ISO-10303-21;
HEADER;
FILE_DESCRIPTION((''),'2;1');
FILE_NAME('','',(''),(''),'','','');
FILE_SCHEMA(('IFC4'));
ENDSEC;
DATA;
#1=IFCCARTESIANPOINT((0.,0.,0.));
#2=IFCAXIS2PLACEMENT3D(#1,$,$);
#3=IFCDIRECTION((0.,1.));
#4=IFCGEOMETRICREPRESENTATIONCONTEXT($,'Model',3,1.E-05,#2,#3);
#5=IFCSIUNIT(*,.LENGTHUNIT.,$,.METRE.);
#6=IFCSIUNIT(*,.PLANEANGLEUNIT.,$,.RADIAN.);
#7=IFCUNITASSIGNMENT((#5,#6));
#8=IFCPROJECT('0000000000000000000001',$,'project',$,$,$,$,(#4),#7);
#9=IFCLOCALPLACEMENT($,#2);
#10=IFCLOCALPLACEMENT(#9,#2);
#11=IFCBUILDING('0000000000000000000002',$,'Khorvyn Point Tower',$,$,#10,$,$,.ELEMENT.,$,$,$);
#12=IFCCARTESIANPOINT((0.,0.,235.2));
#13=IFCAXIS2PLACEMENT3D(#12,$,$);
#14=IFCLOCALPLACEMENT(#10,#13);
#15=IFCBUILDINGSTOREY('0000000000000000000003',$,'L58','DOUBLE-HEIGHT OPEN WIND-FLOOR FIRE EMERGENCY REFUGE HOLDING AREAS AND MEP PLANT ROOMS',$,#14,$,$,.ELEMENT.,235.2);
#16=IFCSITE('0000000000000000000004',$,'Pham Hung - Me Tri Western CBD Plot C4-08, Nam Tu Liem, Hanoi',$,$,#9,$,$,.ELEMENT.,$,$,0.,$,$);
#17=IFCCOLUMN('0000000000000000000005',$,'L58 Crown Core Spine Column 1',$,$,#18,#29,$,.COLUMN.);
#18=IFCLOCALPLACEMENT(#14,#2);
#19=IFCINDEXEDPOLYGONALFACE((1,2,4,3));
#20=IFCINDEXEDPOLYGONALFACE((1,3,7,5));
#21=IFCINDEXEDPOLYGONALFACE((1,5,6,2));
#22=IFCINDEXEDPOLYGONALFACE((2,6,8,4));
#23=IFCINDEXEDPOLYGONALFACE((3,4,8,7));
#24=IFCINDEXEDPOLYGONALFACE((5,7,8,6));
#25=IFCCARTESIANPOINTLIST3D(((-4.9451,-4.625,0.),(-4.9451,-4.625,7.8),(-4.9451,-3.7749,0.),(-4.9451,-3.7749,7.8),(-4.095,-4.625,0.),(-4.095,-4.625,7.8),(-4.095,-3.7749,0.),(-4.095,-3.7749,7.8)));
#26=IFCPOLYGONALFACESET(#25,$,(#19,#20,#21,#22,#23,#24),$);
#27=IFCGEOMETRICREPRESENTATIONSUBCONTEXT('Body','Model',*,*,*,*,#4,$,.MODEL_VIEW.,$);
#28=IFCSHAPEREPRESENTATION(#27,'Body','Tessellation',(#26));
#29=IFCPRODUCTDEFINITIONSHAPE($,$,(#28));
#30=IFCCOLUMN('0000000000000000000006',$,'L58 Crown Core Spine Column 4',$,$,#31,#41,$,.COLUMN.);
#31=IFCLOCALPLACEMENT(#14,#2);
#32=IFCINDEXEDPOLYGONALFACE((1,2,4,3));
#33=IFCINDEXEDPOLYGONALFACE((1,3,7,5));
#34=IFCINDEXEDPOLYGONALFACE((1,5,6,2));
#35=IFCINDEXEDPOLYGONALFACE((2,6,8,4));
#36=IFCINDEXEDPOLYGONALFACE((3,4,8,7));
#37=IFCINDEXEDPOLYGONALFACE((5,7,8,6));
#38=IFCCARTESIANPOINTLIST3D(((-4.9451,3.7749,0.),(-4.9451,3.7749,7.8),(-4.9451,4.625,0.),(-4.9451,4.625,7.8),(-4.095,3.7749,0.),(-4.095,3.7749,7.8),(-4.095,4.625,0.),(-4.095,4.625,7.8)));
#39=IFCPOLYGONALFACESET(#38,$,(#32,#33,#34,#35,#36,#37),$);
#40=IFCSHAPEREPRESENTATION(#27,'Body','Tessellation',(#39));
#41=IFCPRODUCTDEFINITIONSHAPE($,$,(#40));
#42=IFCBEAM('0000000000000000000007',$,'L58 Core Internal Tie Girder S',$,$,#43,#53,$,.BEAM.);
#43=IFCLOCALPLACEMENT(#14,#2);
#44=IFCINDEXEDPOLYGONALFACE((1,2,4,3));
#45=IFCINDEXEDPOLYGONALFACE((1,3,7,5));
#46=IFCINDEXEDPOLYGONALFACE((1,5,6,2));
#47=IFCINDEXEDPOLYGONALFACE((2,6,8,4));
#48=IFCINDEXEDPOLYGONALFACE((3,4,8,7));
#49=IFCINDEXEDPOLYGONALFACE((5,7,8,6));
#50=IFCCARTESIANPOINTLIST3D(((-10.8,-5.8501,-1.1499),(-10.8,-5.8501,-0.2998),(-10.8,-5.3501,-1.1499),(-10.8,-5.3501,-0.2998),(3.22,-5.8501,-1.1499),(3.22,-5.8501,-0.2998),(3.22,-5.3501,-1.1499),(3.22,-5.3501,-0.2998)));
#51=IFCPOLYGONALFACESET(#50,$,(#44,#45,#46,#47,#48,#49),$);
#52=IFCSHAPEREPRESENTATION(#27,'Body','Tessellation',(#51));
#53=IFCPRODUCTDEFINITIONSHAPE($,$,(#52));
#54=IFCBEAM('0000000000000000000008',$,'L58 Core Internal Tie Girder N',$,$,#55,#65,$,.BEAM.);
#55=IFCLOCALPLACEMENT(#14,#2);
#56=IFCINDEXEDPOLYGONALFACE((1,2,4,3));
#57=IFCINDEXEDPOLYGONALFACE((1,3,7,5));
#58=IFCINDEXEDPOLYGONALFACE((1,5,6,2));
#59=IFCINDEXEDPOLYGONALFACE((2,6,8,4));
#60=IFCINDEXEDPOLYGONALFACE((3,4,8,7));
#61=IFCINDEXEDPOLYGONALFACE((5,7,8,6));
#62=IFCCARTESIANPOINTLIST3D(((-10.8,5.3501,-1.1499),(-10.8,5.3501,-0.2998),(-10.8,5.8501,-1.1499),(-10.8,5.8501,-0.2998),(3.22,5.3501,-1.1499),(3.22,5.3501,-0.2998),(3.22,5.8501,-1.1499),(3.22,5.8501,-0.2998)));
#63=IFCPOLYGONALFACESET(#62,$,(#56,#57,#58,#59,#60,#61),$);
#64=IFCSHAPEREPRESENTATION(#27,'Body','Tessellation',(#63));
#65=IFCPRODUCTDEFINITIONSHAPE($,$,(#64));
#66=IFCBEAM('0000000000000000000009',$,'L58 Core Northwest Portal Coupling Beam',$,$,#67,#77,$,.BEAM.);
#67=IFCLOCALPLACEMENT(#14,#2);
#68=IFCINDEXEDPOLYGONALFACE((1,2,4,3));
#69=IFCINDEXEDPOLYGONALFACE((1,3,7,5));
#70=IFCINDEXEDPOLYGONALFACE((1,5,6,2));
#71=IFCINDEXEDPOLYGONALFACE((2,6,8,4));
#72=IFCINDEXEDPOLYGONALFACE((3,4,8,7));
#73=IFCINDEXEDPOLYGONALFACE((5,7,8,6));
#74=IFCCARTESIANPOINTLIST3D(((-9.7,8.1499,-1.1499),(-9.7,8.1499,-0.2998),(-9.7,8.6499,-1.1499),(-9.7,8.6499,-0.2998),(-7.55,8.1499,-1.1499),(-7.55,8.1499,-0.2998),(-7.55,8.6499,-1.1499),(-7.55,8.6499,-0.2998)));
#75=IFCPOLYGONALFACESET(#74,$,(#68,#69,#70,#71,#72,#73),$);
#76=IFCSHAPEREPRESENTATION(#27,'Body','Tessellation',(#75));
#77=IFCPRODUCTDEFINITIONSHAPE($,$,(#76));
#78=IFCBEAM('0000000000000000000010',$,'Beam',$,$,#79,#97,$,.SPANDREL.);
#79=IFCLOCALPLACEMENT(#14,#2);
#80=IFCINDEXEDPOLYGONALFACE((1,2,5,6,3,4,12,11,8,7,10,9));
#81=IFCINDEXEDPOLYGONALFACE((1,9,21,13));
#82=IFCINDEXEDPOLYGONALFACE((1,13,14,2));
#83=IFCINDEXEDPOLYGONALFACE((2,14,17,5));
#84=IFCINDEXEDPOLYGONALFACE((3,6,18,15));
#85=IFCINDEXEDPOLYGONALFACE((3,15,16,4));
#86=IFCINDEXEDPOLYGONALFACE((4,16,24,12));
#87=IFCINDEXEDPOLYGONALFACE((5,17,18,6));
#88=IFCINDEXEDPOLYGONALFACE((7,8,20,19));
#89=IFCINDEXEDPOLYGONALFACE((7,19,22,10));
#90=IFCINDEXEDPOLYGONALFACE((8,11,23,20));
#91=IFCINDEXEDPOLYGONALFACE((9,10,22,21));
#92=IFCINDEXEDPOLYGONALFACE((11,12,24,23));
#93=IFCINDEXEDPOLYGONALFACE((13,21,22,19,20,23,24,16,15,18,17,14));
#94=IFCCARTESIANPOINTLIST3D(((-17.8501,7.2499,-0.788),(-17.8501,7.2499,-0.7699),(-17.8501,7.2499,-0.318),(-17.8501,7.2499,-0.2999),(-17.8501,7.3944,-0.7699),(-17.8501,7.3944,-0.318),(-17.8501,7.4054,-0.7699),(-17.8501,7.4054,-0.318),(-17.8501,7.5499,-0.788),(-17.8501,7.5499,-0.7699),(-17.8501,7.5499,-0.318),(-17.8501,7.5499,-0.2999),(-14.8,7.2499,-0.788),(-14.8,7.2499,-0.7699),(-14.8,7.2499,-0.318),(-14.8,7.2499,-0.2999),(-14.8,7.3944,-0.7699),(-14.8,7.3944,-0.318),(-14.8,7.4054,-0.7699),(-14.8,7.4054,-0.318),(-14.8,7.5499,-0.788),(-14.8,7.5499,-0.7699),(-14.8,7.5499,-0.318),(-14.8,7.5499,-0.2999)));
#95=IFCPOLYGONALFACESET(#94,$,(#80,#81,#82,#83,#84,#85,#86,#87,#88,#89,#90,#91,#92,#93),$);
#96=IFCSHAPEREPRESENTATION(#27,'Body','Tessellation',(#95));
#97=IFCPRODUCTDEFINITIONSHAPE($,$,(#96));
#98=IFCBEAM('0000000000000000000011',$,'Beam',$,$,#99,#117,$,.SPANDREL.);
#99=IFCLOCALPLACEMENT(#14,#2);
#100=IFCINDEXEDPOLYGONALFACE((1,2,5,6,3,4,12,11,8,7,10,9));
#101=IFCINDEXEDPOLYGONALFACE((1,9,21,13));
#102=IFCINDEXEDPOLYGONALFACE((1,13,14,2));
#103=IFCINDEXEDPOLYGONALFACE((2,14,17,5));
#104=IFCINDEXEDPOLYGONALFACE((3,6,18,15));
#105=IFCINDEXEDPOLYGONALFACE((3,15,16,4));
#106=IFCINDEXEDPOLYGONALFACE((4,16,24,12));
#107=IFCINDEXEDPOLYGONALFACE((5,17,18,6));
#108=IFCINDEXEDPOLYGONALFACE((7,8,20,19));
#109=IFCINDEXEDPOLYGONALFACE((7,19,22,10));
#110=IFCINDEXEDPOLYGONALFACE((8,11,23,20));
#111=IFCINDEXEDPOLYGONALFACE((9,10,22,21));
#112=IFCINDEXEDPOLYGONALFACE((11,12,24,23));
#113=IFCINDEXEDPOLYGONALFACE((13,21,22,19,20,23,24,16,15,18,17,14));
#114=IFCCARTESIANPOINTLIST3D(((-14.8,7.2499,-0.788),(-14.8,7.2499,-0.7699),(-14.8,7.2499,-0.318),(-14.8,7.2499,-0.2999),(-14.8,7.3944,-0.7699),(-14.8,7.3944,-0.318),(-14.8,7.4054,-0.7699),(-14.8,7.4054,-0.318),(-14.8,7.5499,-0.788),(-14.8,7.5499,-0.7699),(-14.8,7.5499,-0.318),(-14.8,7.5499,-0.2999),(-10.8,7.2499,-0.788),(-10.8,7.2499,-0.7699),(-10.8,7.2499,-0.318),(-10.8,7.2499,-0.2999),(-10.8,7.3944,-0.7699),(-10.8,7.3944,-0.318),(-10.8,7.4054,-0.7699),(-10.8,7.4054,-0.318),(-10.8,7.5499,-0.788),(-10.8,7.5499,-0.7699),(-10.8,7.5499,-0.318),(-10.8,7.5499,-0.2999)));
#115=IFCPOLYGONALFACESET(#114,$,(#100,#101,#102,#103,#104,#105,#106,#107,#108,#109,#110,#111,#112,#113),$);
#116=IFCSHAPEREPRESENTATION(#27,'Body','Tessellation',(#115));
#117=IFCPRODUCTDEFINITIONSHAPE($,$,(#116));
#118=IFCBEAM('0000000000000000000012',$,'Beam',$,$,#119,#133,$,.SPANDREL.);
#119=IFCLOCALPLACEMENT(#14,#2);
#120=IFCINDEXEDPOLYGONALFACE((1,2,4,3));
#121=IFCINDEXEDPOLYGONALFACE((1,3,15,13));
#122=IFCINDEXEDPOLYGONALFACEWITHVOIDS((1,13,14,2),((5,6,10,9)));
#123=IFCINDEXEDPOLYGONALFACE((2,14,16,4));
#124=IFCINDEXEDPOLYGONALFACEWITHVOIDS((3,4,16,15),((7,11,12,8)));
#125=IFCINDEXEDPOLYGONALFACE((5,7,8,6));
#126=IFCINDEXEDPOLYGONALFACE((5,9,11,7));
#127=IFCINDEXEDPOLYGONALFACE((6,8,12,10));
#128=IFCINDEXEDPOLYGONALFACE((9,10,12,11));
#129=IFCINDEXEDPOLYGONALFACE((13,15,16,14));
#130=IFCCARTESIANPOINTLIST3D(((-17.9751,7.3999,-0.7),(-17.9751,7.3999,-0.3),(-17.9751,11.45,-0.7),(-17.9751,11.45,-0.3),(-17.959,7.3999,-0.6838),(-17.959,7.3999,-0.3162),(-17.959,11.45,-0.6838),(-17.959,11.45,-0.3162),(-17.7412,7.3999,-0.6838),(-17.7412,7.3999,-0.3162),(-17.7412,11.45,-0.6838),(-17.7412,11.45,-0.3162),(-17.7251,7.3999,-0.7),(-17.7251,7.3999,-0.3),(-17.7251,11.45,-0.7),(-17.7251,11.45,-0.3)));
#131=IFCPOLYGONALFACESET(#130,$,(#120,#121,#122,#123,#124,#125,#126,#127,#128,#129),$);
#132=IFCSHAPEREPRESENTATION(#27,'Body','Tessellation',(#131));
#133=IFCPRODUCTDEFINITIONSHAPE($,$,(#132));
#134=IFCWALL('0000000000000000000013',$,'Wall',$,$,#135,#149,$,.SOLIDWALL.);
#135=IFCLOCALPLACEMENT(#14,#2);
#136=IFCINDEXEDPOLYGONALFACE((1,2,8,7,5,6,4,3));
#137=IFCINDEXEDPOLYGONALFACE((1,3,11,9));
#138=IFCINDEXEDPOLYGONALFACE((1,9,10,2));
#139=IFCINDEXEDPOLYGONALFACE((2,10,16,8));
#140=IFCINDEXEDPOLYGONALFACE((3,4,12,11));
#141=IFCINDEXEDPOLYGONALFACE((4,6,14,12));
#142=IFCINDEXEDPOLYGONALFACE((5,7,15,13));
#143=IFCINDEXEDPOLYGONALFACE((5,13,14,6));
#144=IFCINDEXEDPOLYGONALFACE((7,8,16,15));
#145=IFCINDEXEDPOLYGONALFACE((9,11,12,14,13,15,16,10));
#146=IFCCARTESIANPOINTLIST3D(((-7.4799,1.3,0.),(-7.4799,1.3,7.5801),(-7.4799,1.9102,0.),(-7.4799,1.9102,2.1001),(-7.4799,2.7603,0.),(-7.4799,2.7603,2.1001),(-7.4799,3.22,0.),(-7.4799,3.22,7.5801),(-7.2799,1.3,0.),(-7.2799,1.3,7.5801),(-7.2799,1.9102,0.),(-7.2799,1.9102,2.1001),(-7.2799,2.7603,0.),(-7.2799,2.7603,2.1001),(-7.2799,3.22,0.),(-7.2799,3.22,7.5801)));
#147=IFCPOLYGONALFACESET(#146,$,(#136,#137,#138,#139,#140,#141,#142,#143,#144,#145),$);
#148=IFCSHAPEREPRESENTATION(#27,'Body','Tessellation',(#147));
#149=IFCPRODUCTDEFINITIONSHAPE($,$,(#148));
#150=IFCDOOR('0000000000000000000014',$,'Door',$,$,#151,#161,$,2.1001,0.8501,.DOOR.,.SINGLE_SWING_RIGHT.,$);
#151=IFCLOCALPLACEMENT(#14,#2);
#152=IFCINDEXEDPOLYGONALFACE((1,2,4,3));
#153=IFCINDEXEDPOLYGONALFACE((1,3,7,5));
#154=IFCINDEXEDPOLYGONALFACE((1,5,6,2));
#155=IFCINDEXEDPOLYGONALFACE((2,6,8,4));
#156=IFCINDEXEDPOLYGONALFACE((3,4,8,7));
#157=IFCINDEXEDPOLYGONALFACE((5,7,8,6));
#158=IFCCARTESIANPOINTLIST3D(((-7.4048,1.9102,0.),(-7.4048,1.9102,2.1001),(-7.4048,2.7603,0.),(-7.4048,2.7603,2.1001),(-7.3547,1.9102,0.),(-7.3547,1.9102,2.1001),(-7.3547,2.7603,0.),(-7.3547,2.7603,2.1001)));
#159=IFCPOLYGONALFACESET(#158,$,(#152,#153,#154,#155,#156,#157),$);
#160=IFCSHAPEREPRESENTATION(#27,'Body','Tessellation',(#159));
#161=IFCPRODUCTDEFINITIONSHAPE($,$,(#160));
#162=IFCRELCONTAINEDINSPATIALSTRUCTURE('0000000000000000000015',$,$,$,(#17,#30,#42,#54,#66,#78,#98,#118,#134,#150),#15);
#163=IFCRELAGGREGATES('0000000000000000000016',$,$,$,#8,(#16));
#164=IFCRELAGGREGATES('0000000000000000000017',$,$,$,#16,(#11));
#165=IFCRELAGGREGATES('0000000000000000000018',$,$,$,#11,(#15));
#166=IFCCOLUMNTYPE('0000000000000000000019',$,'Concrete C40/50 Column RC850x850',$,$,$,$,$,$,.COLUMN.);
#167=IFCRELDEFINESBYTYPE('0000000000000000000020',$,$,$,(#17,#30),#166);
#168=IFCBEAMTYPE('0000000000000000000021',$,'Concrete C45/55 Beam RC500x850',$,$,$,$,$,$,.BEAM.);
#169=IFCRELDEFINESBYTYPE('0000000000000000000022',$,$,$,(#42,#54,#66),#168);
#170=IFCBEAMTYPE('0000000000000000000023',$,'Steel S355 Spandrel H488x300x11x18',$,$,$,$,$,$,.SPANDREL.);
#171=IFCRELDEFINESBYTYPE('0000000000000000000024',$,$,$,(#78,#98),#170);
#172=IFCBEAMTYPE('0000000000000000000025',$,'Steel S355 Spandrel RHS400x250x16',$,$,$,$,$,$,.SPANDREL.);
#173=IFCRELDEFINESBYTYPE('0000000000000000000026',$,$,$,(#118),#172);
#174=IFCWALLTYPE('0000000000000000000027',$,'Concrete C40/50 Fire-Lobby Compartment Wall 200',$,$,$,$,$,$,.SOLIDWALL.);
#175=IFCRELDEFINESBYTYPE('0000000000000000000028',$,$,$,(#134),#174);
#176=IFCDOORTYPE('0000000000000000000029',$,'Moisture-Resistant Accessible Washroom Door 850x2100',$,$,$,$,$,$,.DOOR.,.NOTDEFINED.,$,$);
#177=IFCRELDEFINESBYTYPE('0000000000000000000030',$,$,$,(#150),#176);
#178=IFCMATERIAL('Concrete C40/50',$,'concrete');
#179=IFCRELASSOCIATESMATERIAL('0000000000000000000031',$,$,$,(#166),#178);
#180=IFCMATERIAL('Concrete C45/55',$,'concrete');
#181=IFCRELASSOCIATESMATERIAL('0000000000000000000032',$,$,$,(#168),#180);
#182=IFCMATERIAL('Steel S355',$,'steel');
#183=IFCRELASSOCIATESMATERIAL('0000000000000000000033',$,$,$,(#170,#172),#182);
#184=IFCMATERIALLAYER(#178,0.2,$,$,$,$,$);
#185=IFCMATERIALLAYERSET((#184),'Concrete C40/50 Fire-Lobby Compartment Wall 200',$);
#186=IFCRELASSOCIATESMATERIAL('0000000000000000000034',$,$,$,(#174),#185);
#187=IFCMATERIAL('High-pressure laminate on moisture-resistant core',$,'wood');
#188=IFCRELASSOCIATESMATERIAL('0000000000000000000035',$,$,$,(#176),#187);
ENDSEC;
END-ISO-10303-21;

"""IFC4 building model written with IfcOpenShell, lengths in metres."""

from ifc_helpers import new_model, si_unit, direction, frame, frame_2d, origin, origin_2d, place, context, subcontext, project, spatial, rectangle, hollow_rectangle, i_section, extrude, material, layer, layer_set, material_profile, profile_set, type_object, element, fill, save


model = new_model("IFC4")

# Units and contexts
model_context = context("Model", 3, precision=1e-05, world=origin(), true_north=direction((0.0, 1.0)))
body_context = subcontext(model_context, "Body", "Model", "MODEL_VIEW")
ifc_project = project(units=[si_unit("LENGTHUNIT", "METRE"), si_unit("PLANEANGLEUNIT", "RADIAN")], contexts=[model_context])

# Site, building, storey
site_placement = place(None, origin())
site = spatial("IfcSite", under=ifc_project, at=site_placement, Name="Pham Hung - Me Tri Western CBD Plot C4-08, Nam Tu Liem, Hanoi", CompositionType="ELEMENT", RefElevation=0.0)
building_placement = place(site_placement, origin())
building = spatial("IfcBuilding", under=site, at=building_placement, Name="Khorvyn Point Tower", CompositionType="ELEMENT")
storey_placement = place(building_placement, frame((0.0, 0.0, 235.2)))
storey = spatial("IfcBuildingStorey", under=building, at=storey_placement, Name="L58", Description="DOUBLE-HEIGHT OPEN WIND-FLOOR FIRE EMERGENCY REFUGE HOLDING AREAS AND MEP PLANT ROOMS", CompositionType="ELEMENT", Elevation=235.2)

# Columns
ifc_material_1 = material(Name="Concrete C40/50", Category="concrete")
ifc_material_profile_1 = material_profile(ifc_material_1, rectangle(XDim=0.8501, YDim=0.8501, at=origin_2d()))
ifc_profile_set_1 = profile_set([ifc_material_profile_1], Name="Concrete C40/50 RC850x850")
column_type = type_object("IfcColumnType", Name="Concrete C40/50 Column RC850x850", PredefinedType="COLUMN", material=ifc_profile_set_1)
for number, where, z_axis, x_axis, name in (
    (1, (-4.52, -4.2, 0.0), (0.0, 0.0, 1.0), (1.0, 0.0, 0.0), "L58 Crown Core Spine Column 1"),
    (2, (-4.52, 4.2, 0.0), (0.0, 0.0, 1.0), (1.0, 0.0, 0.0), "L58 Crown Core Spine Column 4"),
):
    element("IfcColumn", number, at=place(storey_placement, frame(where, z_axis=z_axis, x_axis=x_axis)), inside=storey, type_object=column_type, Name=name, PredefinedType="COLUMN", context=body_context, shape_type="SweptSolid", body=[
        extrude(rectangle(XDim=0.8501, YDim=0.8501, at=origin_2d()), origin(), (0.0, 0.0, 1.0), 7.8),
    ])

# Beams
ifc_material_2 = material(Name="Concrete C45/55", Category="concrete")
ifc_material_profile_2 = material_profile(ifc_material_2, rectangle(XDim=0.5, YDim=0.8501, at=origin_2d()))
ifc_profile_set_2 = profile_set([ifc_material_profile_2], Name="Concrete C45/55 RC500x850")
beam_type_1 = type_object("IfcBeamType", Name="Concrete C45/55 Beam RC500x850", PredefinedType="BEAM", material=ifc_profile_set_2)
for number, where, z_axis, x_axis, name in (
    (3, (-10.8, -5.6001, -0.7249), (1.0, 0.0, 0.0), (0.0, 1.0, 0.0), "L58 Core Internal Tie Girder S"),
    (4, (-10.8, 5.6001, -0.7249), (1.0, 0.0, 0.0), (0.0, 1.0, 0.0), "L58 Core Internal Tie Girder N"),
):
    element("IfcBeam", number, at=place(storey_placement, frame(where, z_axis=z_axis, x_axis=x_axis)), inside=storey, type_object=beam_type_1, Name=name, PredefinedType="BEAM", context=body_context, shape_type="SweptSolid", body=[
        extrude(rectangle(XDim=0.5, YDim=0.8501, at=origin_2d()), origin(), (0.0, 0.0, 1.0), 14.02),
    ])
beam_1_placement = place(storey_placement, frame((-9.7, 8.3999, -0.7249), z_axis=(1.0, 0.0, 0.0), x_axis=(0.0, 1.0, 0.0)))
element("IfcBeam", 5, at=beam_1_placement, inside=storey, type_object=beam_type_1, Name="L58 Core Northwest Portal Coupling Beam", PredefinedType="BEAM", context=body_context, shape_type="SweptSolid", body=[
    extrude(rectangle(XDim=0.5, YDim=0.8501, at=origin_2d()), origin(), (0.0, 0.0, 1.0), 2.1499),
])
ifc_material_3 = material(Name="Steel S355", Category="steel")
ifc_material_profile_3 = material_profile(ifc_material_3, i_section(OverallWidth=0.3, OverallDepth=0.488, WebThickness=0.011, FlangeThickness=0.0181, at=origin_2d()))
ifc_profile_set_3 = profile_set([ifc_material_profile_3], Name="Steel S355 H488x300x11x18")
beam_type_2 = type_object("IfcBeamType", Name="Steel S355 Spandrel H488x300x11x18", PredefinedType="SPANDREL", material=ifc_profile_set_3)
beam_2_placement = place(storey_placement, frame((-17.8501, 7.3999, -0.5439), z_axis=(1.0, 0.0, 0.0), x_axis=(0.0, 1.0, 0.0)))
element("IfcBeam", 6, at=beam_2_placement, inside=storey, type_object=beam_type_2, Name="Beam", PredefinedType="SPANDREL", context=body_context, shape_type="SweptSolid", body=[
    extrude(i_section(OverallWidth=0.3, OverallDepth=0.488, WebThickness=0.011, FlangeThickness=0.0181, at=origin_2d()), origin(), (0.0, 0.0, 1.0), 3.05),
])
beam_3_placement = place(storey_placement, frame((-14.8, 7.3999, -0.5439), z_axis=(1.0, 0.0, 0.0), x_axis=(0.0, 1.0, 0.0)))
element("IfcBeam", 7, at=beam_3_placement, inside=storey, type_object=beam_type_2, Name="Beam", PredefinedType="SPANDREL", context=body_context, shape_type="SweptSolid", body=[
    extrude(i_section(OverallWidth=0.3, OverallDepth=0.488, WebThickness=0.011, FlangeThickness=0.0181, at=origin_2d()), origin(), (0.0, 0.0, 1.0), 4.0),
])
ifc_material_profile_4 = material_profile(ifc_material_3, hollow_rectangle(XDim=0.25, YDim=0.3999, WallThickness=0.0161, at=origin_2d()))
ifc_profile_set_4 = profile_set([ifc_material_profile_4], Name="Steel S355 RHS400x250x16")
beam_type_3 = type_object("IfcBeamType", Name="Steel S355 Spandrel RHS400x250x16", PredefinedType="SPANDREL", material=ifc_profile_set_4)
beam_4_placement = place(storey_placement, frame((-17.8501, 7.3999, -0.5), z_axis=(0.0, 1.0, 0.0), x_axis=(-1.0, 0.0, 0.0)))
element("IfcBeam", 8, at=beam_4_placement, inside=storey, type_object=beam_type_3, Name="Beam", PredefinedType="SPANDREL", context=body_context, shape_type="SweptSolid", body=[
    extrude(hollow_rectangle(XDim=0.25, YDim=0.3999, WallThickness=0.0161, at=origin_2d()), origin(), (0.0, 0.0, 1.0), 4.05),
])

# Wall, opening, door
ifc_layer_1 = layer(ifc_material_1, 0.2)
ifc_layer_set_1 = layer_set([ifc_layer_1], Name="Concrete C40/50 Fire-Lobby Compartment Wall 200")
wall_type_1 = type_object("IfcWallType", Name="Concrete C40/50 Fire-Lobby Compartment Wall 200", PredefinedType="SOLIDWALL", material=ifc_layer_set_1)
wall_1_placement = place(storey_placement, frame((-7.3799, 1.3, 0.0), z_axis=(0.0, 0.0, 1.0), x_axis=(0.0, 1.0, 0.0)))
wall_1 = element("IfcWall", 9, at=wall_1_placement, inside=storey, type_object=wall_type_1, Name="Wall", PredefinedType="SOLIDWALL", context=body_context, shape_type="SweptSolid", body=[
    extrude(rectangle(XDim=1.9199, YDim=0.2, at=frame_2d((0.96, 0.0))), origin(), (0.0, 0.0, 1.0), 7.5801),
])
opening_1_placement = place(wall_1_placement, frame((0.6101, 0.0, 0.0)))
opening_1 = element("IfcOpeningElement", 10, at=opening_1_placement, cuts=wall_1, PredefinedType="OPENING", context=body_context, shape_type="SweptSolid", body=[
    extrude(rectangle(XDim=0.8501, YDim=2.1001, at=frame_2d((0.425, 1.05))), frame((0.0, 0.1099, 0.0), z_axis=(0.0, -1.0, 0.0), x_axis=(1.0, 0.0, 0.0)), (0.0, 0.0, 1.0), 0.22),
])
ifc_material_4 = material(Name="High-pressure laminate on moisture-resistant core", Category="wood")
door_type_1 = type_object("IfcDoorType", Name="Moisture-Resistant Accessible Washroom Door 850x2100", OperationType="NOTDEFINED", PredefinedType="DOOR", material=ifc_material_4)
door_1_placement = place(opening_1_placement, origin())
door_1 = element("IfcDoor", 11, at=door_1_placement, inside=storey, type_object=door_type_1, Name="Door", OperationType="SINGLE_SWING_RIGHT", OverallHeight=2.1001, OverallWidth=0.8501, PredefinedType="DOOR", context=body_context, shape_type="SweptSolid", body=[
    extrude(rectangle(XDim=0.8501, YDim=2.1001, at=frame_2d((0.425, 1.05))), frame((0.0, 0.0249, 0.0), z_axis=(0.0, -1.0, 0.0), x_axis=(1.0, 0.0, 0.0)), (0.0, 0.0, 1.0), 0.05),
])
fill(opening_1, door_1)

save(model, "model.ifc")
